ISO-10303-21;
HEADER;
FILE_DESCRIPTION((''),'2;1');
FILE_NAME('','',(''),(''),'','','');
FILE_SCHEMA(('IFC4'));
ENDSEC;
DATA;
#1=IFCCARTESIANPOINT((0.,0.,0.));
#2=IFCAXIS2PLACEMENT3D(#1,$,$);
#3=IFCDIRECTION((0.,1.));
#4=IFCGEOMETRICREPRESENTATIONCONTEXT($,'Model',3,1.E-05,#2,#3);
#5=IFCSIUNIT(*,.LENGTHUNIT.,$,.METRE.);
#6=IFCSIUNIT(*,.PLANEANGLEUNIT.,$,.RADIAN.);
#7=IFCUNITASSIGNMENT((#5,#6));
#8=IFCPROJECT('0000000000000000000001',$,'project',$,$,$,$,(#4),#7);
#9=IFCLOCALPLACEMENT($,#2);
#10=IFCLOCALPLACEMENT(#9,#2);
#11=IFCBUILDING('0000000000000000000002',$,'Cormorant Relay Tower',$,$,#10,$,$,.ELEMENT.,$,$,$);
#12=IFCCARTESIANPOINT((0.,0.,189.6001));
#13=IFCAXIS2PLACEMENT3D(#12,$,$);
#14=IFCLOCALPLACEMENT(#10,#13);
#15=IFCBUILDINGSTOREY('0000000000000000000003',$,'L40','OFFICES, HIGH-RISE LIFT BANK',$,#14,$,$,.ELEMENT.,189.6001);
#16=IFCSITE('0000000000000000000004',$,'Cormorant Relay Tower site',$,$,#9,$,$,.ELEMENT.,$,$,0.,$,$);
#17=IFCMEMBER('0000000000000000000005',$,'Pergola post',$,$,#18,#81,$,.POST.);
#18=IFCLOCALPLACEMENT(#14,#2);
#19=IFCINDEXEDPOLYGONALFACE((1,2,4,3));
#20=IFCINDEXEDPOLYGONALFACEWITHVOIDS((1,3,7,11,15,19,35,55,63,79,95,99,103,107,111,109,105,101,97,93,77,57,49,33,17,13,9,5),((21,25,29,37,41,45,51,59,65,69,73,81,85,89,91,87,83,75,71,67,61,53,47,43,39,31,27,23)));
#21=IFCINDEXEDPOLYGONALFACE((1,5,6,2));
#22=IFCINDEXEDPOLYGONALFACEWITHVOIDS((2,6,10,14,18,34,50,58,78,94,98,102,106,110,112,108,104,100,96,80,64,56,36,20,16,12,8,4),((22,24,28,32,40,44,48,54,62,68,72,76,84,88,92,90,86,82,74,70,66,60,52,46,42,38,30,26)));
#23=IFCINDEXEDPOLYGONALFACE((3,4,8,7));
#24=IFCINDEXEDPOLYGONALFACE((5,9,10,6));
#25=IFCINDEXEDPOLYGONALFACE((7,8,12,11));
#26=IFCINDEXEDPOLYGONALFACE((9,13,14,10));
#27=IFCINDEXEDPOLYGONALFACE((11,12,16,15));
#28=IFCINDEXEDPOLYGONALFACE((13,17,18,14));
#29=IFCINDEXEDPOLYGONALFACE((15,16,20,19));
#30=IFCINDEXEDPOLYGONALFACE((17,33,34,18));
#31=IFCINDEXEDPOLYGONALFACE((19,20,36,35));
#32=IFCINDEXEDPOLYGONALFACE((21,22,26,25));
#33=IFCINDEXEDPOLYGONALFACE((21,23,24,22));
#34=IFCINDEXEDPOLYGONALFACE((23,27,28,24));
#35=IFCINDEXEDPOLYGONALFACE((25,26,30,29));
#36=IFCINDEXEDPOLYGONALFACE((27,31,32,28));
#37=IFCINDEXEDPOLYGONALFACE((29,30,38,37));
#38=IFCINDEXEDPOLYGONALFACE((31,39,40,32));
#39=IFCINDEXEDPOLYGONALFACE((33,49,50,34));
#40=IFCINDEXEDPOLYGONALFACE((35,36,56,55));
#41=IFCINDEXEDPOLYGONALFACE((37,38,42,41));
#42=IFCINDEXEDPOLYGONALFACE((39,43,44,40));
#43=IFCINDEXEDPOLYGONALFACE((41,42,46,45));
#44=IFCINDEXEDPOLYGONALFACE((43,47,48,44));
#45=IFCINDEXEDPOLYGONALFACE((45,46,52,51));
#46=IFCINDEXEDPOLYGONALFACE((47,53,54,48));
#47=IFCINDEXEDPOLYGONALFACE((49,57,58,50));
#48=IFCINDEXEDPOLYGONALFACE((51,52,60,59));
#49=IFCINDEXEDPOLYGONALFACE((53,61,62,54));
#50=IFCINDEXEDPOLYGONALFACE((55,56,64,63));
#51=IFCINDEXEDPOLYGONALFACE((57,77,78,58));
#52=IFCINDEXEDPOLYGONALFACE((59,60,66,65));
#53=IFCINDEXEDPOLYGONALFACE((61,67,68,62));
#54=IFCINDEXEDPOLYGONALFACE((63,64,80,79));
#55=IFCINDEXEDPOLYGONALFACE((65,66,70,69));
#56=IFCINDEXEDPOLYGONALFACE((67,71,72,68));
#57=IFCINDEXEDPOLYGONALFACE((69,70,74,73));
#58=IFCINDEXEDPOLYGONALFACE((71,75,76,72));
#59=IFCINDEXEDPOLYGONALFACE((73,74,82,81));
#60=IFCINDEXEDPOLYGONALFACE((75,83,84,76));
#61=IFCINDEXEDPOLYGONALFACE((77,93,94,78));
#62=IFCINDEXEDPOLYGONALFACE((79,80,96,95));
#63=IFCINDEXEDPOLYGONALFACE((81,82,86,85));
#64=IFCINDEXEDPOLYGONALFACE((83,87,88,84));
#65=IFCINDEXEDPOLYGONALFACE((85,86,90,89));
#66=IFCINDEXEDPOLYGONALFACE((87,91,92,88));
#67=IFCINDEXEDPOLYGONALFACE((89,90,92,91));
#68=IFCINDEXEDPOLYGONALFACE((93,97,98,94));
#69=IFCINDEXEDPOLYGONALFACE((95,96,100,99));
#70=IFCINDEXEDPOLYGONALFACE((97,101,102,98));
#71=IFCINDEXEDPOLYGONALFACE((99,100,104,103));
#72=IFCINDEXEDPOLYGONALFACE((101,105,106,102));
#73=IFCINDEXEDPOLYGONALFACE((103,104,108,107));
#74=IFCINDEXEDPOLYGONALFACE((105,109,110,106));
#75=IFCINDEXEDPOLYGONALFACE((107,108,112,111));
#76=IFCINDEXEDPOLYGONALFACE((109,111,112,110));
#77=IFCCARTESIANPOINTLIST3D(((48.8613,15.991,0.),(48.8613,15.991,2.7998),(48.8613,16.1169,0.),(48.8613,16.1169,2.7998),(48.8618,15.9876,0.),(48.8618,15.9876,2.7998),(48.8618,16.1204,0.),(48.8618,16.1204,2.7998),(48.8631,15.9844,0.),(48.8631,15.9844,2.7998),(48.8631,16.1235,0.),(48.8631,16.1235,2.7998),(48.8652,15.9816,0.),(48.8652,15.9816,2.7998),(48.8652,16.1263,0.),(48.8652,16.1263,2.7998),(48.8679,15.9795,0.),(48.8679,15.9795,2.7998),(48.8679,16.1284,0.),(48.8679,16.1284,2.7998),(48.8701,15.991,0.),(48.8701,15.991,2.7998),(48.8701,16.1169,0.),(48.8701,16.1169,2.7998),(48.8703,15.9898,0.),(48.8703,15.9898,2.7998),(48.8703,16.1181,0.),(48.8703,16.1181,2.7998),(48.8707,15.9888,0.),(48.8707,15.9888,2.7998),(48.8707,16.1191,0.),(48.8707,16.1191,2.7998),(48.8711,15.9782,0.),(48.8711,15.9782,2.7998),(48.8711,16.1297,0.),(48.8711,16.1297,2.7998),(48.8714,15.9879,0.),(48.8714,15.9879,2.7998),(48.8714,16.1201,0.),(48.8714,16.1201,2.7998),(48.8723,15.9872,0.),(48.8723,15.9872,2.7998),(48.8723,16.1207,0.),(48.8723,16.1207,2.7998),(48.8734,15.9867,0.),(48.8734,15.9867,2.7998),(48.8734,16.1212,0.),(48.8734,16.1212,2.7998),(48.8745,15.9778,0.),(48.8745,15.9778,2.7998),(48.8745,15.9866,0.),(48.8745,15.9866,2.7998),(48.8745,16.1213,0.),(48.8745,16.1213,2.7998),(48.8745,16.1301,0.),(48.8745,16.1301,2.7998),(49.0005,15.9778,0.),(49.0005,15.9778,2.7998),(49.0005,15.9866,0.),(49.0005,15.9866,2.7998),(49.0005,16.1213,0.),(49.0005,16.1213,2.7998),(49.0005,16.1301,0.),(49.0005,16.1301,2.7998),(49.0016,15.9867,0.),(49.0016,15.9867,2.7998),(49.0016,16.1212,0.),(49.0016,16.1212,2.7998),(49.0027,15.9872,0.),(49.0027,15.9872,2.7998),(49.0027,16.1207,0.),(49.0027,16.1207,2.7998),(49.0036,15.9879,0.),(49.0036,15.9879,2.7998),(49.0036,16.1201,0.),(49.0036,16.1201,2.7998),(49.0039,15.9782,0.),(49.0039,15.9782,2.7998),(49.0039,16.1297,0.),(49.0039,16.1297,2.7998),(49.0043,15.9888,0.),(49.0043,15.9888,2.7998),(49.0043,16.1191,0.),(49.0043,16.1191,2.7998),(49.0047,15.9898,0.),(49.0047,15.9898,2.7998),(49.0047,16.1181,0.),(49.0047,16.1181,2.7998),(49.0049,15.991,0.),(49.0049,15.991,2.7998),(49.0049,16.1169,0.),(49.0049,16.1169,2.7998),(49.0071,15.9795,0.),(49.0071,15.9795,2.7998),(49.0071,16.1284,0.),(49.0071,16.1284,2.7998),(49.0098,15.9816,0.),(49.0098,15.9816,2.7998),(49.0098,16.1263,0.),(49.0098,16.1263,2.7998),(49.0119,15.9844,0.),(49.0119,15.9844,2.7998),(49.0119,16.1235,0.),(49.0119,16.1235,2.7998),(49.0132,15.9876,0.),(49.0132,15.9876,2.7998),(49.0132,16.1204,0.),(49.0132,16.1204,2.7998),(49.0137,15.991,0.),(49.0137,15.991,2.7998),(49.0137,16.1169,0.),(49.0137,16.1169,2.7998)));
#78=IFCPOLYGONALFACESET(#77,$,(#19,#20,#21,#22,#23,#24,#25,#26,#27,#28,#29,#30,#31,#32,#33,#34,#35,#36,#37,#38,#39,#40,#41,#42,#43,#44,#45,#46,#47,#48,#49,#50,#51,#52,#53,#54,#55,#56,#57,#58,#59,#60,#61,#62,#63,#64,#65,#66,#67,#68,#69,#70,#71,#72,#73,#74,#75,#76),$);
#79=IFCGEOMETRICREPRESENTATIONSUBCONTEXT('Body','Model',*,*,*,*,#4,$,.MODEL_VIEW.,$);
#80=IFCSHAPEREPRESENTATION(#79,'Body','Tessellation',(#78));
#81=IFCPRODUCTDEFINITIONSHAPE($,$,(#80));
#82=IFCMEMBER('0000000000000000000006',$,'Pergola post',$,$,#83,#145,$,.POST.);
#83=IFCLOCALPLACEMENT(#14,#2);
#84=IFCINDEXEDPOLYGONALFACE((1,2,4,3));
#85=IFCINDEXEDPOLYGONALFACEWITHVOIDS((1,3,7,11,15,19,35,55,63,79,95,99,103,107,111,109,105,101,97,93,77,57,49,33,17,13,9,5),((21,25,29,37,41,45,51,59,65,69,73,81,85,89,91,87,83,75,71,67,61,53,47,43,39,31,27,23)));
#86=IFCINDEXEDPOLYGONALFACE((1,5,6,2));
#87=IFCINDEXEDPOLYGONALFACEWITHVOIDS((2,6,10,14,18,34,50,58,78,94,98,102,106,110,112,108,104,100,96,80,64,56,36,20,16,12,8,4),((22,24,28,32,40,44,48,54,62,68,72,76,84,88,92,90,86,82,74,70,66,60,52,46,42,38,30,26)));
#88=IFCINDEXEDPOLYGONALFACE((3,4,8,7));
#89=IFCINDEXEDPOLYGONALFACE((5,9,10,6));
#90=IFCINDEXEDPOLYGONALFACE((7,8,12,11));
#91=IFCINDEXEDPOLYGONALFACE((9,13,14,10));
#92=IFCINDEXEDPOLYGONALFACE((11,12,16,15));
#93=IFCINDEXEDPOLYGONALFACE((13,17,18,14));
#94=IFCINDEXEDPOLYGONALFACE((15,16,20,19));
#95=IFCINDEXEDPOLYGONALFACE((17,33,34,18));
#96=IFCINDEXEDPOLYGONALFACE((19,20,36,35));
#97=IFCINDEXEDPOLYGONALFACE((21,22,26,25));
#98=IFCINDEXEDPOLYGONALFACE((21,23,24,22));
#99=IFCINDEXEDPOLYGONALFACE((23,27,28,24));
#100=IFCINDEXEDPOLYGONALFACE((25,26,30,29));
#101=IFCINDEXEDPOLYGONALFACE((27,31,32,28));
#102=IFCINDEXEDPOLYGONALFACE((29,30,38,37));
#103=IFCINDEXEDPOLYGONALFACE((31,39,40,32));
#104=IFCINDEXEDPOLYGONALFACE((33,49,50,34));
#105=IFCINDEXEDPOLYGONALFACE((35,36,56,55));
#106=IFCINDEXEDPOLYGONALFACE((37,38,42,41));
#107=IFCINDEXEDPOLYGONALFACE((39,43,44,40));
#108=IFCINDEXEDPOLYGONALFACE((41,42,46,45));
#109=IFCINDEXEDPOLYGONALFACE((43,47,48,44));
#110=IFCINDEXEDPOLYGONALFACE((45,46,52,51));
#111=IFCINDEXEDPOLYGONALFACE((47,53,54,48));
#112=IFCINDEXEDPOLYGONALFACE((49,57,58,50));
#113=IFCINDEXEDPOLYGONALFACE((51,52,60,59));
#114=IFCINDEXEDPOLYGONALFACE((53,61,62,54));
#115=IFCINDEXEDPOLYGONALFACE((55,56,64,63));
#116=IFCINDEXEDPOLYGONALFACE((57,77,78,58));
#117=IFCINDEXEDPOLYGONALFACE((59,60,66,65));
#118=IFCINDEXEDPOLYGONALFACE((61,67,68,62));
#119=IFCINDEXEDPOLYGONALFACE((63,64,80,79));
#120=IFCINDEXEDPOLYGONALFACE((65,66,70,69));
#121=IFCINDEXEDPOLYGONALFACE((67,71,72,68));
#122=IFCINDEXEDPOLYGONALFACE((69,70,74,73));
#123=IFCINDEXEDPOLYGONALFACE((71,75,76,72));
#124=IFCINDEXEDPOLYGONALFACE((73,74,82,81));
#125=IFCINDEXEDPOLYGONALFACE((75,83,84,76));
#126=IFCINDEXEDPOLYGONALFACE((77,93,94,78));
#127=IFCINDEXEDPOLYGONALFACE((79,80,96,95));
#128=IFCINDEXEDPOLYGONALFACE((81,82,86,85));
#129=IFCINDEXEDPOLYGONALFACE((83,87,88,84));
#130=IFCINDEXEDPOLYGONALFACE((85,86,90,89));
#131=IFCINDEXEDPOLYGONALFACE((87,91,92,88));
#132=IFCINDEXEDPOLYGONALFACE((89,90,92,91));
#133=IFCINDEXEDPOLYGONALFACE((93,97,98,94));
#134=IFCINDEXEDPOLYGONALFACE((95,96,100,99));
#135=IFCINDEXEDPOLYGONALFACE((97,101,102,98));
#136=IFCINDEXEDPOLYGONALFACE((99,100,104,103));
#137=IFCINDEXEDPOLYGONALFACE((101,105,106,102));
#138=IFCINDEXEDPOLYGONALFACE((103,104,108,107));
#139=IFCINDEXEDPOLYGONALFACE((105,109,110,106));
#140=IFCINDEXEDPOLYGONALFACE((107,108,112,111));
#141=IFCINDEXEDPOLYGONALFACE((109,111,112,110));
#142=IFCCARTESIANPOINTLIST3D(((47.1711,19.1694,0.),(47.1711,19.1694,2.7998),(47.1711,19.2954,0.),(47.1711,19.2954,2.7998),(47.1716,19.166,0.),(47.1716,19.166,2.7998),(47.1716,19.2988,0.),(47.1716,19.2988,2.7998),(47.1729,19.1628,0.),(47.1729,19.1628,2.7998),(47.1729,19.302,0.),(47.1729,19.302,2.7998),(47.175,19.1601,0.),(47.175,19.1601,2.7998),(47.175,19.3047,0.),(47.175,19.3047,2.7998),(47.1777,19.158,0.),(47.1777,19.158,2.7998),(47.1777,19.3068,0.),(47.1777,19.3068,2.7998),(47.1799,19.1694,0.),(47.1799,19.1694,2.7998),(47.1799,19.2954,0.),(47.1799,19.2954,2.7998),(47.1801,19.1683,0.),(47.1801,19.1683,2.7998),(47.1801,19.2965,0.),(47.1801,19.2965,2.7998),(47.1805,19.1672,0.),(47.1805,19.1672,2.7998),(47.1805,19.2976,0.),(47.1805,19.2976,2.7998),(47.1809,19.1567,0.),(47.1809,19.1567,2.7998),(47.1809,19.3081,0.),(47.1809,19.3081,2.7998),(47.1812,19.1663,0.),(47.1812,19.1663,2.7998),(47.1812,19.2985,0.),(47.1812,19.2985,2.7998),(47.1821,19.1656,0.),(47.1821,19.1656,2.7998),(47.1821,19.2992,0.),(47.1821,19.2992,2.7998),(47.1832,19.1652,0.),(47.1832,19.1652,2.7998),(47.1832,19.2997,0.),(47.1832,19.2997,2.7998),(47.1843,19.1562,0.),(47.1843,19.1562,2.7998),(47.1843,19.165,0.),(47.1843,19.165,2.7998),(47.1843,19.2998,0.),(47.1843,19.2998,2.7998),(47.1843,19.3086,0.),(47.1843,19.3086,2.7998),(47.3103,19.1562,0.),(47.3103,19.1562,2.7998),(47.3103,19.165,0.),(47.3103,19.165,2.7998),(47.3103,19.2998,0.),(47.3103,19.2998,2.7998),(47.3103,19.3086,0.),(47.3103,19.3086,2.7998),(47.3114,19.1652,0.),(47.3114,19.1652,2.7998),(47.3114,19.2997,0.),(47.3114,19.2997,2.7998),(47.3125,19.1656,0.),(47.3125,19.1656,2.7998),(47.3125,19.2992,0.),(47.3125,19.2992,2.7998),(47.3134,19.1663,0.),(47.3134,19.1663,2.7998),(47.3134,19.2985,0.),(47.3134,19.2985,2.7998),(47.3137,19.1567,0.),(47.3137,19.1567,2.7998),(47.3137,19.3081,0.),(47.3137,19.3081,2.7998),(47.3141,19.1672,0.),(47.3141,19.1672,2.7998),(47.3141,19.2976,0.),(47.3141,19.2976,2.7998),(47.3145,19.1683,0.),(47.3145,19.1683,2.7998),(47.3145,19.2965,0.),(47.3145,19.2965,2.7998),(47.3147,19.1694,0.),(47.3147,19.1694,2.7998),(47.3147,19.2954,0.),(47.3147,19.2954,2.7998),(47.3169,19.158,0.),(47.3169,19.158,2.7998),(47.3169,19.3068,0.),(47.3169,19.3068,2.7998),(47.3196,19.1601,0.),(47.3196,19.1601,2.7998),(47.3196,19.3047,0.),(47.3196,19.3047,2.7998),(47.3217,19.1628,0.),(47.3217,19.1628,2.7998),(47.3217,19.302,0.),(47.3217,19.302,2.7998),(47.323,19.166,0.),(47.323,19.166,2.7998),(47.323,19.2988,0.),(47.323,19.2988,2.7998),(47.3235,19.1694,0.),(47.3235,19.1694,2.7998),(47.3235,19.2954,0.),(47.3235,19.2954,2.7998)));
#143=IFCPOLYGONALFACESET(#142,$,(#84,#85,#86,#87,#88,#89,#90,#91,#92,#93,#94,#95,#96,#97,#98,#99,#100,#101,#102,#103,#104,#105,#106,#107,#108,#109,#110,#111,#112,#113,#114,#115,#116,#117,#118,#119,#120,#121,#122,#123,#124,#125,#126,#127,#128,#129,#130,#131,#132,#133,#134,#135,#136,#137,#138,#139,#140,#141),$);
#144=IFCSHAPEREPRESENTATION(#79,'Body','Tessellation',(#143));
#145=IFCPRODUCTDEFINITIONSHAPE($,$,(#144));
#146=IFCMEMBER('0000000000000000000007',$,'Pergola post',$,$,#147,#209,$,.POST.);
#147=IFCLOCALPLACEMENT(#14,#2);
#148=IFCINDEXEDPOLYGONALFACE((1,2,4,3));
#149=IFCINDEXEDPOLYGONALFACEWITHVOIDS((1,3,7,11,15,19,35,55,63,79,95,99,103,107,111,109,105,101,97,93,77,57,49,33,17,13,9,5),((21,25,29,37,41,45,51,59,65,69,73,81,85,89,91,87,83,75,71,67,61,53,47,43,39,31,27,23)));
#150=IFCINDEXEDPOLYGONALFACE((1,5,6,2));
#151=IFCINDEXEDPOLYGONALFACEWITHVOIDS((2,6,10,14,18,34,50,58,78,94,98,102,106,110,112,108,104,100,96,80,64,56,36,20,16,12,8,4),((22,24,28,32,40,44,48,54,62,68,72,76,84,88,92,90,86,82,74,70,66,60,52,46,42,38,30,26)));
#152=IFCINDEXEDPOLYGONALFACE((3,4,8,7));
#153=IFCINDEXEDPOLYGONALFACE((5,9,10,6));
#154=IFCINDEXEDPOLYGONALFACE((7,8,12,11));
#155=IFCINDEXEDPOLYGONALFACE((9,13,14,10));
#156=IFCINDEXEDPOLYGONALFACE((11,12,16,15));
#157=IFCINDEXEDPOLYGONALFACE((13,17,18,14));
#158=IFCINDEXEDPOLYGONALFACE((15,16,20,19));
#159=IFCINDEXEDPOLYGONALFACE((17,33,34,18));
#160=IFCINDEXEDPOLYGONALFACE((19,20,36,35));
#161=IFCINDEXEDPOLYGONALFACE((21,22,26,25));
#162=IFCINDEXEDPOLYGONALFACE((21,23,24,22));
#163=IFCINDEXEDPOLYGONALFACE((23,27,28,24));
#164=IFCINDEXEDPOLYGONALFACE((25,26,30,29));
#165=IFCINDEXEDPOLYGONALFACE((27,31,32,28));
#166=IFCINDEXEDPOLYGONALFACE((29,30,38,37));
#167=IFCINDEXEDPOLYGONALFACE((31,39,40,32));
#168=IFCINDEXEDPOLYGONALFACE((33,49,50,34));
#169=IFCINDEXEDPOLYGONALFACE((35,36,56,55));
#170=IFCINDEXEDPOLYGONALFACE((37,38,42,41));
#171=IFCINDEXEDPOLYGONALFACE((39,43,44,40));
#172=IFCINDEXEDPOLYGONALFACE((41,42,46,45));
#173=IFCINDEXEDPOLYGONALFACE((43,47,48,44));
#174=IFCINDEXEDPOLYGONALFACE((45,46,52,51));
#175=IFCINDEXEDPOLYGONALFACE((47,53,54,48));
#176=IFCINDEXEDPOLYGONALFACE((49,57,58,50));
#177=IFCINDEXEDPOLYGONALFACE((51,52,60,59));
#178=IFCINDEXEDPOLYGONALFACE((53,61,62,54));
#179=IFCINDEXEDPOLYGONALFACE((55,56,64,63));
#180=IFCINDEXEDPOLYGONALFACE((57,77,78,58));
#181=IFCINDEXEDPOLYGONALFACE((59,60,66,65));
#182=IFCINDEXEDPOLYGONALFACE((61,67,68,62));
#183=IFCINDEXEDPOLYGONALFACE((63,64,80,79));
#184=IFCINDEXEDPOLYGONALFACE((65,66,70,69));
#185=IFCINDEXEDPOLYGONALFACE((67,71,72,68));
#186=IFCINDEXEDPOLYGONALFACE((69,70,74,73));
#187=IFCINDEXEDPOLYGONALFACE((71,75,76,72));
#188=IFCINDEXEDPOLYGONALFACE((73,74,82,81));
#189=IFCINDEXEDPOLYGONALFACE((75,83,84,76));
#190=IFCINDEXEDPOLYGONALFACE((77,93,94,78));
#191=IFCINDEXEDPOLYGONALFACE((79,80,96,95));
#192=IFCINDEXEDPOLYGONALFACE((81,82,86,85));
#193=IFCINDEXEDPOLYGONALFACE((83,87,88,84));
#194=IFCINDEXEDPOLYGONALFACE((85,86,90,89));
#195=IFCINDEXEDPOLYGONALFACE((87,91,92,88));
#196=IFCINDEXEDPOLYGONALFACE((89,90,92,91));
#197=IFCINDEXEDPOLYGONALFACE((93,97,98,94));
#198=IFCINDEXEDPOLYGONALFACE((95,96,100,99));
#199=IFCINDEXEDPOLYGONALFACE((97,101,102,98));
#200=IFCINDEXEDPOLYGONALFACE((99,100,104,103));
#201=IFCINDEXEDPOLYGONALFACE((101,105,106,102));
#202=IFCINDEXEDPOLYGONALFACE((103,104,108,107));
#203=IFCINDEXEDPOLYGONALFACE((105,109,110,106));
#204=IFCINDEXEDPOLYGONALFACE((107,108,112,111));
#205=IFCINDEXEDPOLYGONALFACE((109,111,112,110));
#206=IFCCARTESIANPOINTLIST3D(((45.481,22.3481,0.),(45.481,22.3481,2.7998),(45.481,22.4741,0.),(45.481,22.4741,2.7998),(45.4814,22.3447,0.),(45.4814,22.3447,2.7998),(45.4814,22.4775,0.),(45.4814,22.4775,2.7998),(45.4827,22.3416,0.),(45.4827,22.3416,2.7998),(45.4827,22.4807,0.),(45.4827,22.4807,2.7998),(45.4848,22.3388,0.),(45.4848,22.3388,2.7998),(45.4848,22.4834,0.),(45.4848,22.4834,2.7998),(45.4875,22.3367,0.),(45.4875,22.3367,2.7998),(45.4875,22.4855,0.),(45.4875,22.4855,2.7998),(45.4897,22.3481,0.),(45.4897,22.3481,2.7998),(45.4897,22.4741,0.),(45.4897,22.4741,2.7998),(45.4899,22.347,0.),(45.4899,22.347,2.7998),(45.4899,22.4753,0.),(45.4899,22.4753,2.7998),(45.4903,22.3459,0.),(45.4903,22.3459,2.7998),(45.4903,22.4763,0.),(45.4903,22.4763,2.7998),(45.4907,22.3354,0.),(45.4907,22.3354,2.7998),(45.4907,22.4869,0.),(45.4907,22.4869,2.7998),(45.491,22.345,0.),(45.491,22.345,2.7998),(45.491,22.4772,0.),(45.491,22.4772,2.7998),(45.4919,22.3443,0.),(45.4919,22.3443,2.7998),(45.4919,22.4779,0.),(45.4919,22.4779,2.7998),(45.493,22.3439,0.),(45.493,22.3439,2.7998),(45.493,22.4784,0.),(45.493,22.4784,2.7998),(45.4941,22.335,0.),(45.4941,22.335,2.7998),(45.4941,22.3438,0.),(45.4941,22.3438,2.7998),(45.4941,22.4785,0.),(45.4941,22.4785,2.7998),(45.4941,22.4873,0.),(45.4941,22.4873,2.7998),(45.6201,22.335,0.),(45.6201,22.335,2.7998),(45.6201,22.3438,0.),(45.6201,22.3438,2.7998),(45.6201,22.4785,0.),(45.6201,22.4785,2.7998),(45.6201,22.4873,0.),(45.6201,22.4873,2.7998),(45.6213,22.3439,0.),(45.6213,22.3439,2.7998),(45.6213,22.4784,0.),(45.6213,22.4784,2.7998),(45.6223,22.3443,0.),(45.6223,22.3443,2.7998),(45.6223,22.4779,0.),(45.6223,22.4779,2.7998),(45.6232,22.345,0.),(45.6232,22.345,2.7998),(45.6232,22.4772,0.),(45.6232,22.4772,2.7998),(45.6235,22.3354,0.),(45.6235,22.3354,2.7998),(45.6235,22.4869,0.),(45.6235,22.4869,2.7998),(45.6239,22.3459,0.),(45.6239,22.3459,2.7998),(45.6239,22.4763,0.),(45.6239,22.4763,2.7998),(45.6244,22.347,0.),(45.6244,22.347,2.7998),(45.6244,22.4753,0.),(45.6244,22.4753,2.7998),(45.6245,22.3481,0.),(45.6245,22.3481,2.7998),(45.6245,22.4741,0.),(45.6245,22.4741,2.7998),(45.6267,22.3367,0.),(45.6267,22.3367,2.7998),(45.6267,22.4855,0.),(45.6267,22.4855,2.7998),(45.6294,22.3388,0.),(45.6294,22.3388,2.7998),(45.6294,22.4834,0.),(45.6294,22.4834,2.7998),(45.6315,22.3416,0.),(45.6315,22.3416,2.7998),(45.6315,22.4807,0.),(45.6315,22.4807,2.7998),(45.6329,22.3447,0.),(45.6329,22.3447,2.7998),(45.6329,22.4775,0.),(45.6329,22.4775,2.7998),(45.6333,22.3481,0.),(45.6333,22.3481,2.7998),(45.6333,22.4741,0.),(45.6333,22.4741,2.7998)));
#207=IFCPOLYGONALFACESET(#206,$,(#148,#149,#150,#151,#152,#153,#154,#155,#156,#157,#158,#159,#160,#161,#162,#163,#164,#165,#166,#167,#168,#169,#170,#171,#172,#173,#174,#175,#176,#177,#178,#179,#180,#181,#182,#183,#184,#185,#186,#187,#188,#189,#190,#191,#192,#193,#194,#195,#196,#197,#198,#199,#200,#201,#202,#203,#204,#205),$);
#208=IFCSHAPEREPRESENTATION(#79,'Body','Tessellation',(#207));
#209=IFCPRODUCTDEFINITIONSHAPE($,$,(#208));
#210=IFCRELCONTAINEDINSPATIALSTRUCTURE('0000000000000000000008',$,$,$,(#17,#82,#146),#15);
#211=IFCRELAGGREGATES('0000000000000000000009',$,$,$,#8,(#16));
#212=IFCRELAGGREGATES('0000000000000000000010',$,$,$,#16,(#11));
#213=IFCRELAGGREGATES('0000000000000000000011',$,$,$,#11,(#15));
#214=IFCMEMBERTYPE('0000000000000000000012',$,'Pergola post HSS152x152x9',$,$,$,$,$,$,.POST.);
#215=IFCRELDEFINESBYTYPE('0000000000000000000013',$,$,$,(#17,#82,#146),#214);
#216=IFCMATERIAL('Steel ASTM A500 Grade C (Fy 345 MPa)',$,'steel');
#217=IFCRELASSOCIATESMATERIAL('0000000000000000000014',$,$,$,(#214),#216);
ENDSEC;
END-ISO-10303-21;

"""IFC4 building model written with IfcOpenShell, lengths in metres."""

from ifc_helpers import new_model, si_unit, direction, frame, origin, origin_2d, place, context, subcontext, project, spatial, hollow_rectangle, extrude, material, material_profile, profile_set, type_object, element, save


model = new_model("IFC4")

# Units and contexts
model_context = context("Model", 3, precision=1e-05, world=origin(), true_north=direction((0.0, 1.0)))
body_context = subcontext(model_context, "Body", "Model", "MODEL_VIEW")
ifc_project = project(units=[si_unit("LENGTHUNIT", "METRE"), si_unit("PLANEANGLEUNIT", "RADIAN")], contexts=[model_context])

# Site, building, storey
site_placement = place(None, origin())
site = spatial("IfcSite", under=ifc_project, at=site_placement, Name="Cormorant Relay Tower site", CompositionType="ELEMENT", RefElevation=0.0)
building_placement = place(site_placement, origin())
building = spatial("IfcBuilding", under=site, at=building_placement, Name="Cormorant Relay Tower", CompositionType="ELEMENT")
storey_placement = place(building_placement, frame((0.0, 0.0, 189.6001)))
storey = spatial("IfcBuildingStorey", under=building, at=storey_placement, Name="L40", Description="OFFICES, HIGH-RISE LIFT BANK", CompositionType="ELEMENT", Elevation=189.6001)

# Members
ifc_material_1 = material(Name="Steel ASTM A500 Grade C (Fy 345 MPa)", Category="steel")
ifc_material_profile_1 = material_profile(ifc_material_1, hollow_rectangle(XDim=0.1523, YDim=0.1523, WallThickness=0.0088, InnerFilletRadius=0.0044, OuterFilletRadius=0.0132, at=origin_2d()), Name="HSS152x152x9")
ifc_profile_set_1 = profile_set([ifc_material_profile_1], Name="Steel ASTM A500 Grade C (Fy 345 MPa)")
member_type_1 = type_object("IfcMemberType", Name="Pergola post HSS152x152x9", PredefinedType="POST", material=ifc_profile_set_1)
for number, where, z_axis, x_axis, name in (
    (1, (48.9375, 16.054, 0.0), (0.0, 0.0, 1.0), (1.0, 0.0, 0.0), "Pergola post"),
    (2, (47.2473, 19.2324, 0.0), (0.0, 0.0, 1.0), (1.0, 0.0, 0.0), "Pergola post"),
    (3, (45.5571, 22.4111, 0.0), (0.0, 0.0, 1.0), (1.0, 0.0, 0.0), "Pergola post"),
):
    element("IfcMember", number, at=place(storey_placement, frame(where, z_axis=z_axis, x_axis=x_axis)), inside=storey, type_object=member_type_1, Name=name, PredefinedType="POST", context=body_context, shape_type="SweptSolid", body=[
        extrude(hollow_rectangle(XDim=0.1523, YDim=0.1523, WallThickness=0.0088, InnerFilletRadius=0.0044, OuterFilletRadius=0.0132, at=origin_2d()), origin(), (0.0, 0.0, 1.0), 2.7998),
    ])

save(model, "model.ifc")
